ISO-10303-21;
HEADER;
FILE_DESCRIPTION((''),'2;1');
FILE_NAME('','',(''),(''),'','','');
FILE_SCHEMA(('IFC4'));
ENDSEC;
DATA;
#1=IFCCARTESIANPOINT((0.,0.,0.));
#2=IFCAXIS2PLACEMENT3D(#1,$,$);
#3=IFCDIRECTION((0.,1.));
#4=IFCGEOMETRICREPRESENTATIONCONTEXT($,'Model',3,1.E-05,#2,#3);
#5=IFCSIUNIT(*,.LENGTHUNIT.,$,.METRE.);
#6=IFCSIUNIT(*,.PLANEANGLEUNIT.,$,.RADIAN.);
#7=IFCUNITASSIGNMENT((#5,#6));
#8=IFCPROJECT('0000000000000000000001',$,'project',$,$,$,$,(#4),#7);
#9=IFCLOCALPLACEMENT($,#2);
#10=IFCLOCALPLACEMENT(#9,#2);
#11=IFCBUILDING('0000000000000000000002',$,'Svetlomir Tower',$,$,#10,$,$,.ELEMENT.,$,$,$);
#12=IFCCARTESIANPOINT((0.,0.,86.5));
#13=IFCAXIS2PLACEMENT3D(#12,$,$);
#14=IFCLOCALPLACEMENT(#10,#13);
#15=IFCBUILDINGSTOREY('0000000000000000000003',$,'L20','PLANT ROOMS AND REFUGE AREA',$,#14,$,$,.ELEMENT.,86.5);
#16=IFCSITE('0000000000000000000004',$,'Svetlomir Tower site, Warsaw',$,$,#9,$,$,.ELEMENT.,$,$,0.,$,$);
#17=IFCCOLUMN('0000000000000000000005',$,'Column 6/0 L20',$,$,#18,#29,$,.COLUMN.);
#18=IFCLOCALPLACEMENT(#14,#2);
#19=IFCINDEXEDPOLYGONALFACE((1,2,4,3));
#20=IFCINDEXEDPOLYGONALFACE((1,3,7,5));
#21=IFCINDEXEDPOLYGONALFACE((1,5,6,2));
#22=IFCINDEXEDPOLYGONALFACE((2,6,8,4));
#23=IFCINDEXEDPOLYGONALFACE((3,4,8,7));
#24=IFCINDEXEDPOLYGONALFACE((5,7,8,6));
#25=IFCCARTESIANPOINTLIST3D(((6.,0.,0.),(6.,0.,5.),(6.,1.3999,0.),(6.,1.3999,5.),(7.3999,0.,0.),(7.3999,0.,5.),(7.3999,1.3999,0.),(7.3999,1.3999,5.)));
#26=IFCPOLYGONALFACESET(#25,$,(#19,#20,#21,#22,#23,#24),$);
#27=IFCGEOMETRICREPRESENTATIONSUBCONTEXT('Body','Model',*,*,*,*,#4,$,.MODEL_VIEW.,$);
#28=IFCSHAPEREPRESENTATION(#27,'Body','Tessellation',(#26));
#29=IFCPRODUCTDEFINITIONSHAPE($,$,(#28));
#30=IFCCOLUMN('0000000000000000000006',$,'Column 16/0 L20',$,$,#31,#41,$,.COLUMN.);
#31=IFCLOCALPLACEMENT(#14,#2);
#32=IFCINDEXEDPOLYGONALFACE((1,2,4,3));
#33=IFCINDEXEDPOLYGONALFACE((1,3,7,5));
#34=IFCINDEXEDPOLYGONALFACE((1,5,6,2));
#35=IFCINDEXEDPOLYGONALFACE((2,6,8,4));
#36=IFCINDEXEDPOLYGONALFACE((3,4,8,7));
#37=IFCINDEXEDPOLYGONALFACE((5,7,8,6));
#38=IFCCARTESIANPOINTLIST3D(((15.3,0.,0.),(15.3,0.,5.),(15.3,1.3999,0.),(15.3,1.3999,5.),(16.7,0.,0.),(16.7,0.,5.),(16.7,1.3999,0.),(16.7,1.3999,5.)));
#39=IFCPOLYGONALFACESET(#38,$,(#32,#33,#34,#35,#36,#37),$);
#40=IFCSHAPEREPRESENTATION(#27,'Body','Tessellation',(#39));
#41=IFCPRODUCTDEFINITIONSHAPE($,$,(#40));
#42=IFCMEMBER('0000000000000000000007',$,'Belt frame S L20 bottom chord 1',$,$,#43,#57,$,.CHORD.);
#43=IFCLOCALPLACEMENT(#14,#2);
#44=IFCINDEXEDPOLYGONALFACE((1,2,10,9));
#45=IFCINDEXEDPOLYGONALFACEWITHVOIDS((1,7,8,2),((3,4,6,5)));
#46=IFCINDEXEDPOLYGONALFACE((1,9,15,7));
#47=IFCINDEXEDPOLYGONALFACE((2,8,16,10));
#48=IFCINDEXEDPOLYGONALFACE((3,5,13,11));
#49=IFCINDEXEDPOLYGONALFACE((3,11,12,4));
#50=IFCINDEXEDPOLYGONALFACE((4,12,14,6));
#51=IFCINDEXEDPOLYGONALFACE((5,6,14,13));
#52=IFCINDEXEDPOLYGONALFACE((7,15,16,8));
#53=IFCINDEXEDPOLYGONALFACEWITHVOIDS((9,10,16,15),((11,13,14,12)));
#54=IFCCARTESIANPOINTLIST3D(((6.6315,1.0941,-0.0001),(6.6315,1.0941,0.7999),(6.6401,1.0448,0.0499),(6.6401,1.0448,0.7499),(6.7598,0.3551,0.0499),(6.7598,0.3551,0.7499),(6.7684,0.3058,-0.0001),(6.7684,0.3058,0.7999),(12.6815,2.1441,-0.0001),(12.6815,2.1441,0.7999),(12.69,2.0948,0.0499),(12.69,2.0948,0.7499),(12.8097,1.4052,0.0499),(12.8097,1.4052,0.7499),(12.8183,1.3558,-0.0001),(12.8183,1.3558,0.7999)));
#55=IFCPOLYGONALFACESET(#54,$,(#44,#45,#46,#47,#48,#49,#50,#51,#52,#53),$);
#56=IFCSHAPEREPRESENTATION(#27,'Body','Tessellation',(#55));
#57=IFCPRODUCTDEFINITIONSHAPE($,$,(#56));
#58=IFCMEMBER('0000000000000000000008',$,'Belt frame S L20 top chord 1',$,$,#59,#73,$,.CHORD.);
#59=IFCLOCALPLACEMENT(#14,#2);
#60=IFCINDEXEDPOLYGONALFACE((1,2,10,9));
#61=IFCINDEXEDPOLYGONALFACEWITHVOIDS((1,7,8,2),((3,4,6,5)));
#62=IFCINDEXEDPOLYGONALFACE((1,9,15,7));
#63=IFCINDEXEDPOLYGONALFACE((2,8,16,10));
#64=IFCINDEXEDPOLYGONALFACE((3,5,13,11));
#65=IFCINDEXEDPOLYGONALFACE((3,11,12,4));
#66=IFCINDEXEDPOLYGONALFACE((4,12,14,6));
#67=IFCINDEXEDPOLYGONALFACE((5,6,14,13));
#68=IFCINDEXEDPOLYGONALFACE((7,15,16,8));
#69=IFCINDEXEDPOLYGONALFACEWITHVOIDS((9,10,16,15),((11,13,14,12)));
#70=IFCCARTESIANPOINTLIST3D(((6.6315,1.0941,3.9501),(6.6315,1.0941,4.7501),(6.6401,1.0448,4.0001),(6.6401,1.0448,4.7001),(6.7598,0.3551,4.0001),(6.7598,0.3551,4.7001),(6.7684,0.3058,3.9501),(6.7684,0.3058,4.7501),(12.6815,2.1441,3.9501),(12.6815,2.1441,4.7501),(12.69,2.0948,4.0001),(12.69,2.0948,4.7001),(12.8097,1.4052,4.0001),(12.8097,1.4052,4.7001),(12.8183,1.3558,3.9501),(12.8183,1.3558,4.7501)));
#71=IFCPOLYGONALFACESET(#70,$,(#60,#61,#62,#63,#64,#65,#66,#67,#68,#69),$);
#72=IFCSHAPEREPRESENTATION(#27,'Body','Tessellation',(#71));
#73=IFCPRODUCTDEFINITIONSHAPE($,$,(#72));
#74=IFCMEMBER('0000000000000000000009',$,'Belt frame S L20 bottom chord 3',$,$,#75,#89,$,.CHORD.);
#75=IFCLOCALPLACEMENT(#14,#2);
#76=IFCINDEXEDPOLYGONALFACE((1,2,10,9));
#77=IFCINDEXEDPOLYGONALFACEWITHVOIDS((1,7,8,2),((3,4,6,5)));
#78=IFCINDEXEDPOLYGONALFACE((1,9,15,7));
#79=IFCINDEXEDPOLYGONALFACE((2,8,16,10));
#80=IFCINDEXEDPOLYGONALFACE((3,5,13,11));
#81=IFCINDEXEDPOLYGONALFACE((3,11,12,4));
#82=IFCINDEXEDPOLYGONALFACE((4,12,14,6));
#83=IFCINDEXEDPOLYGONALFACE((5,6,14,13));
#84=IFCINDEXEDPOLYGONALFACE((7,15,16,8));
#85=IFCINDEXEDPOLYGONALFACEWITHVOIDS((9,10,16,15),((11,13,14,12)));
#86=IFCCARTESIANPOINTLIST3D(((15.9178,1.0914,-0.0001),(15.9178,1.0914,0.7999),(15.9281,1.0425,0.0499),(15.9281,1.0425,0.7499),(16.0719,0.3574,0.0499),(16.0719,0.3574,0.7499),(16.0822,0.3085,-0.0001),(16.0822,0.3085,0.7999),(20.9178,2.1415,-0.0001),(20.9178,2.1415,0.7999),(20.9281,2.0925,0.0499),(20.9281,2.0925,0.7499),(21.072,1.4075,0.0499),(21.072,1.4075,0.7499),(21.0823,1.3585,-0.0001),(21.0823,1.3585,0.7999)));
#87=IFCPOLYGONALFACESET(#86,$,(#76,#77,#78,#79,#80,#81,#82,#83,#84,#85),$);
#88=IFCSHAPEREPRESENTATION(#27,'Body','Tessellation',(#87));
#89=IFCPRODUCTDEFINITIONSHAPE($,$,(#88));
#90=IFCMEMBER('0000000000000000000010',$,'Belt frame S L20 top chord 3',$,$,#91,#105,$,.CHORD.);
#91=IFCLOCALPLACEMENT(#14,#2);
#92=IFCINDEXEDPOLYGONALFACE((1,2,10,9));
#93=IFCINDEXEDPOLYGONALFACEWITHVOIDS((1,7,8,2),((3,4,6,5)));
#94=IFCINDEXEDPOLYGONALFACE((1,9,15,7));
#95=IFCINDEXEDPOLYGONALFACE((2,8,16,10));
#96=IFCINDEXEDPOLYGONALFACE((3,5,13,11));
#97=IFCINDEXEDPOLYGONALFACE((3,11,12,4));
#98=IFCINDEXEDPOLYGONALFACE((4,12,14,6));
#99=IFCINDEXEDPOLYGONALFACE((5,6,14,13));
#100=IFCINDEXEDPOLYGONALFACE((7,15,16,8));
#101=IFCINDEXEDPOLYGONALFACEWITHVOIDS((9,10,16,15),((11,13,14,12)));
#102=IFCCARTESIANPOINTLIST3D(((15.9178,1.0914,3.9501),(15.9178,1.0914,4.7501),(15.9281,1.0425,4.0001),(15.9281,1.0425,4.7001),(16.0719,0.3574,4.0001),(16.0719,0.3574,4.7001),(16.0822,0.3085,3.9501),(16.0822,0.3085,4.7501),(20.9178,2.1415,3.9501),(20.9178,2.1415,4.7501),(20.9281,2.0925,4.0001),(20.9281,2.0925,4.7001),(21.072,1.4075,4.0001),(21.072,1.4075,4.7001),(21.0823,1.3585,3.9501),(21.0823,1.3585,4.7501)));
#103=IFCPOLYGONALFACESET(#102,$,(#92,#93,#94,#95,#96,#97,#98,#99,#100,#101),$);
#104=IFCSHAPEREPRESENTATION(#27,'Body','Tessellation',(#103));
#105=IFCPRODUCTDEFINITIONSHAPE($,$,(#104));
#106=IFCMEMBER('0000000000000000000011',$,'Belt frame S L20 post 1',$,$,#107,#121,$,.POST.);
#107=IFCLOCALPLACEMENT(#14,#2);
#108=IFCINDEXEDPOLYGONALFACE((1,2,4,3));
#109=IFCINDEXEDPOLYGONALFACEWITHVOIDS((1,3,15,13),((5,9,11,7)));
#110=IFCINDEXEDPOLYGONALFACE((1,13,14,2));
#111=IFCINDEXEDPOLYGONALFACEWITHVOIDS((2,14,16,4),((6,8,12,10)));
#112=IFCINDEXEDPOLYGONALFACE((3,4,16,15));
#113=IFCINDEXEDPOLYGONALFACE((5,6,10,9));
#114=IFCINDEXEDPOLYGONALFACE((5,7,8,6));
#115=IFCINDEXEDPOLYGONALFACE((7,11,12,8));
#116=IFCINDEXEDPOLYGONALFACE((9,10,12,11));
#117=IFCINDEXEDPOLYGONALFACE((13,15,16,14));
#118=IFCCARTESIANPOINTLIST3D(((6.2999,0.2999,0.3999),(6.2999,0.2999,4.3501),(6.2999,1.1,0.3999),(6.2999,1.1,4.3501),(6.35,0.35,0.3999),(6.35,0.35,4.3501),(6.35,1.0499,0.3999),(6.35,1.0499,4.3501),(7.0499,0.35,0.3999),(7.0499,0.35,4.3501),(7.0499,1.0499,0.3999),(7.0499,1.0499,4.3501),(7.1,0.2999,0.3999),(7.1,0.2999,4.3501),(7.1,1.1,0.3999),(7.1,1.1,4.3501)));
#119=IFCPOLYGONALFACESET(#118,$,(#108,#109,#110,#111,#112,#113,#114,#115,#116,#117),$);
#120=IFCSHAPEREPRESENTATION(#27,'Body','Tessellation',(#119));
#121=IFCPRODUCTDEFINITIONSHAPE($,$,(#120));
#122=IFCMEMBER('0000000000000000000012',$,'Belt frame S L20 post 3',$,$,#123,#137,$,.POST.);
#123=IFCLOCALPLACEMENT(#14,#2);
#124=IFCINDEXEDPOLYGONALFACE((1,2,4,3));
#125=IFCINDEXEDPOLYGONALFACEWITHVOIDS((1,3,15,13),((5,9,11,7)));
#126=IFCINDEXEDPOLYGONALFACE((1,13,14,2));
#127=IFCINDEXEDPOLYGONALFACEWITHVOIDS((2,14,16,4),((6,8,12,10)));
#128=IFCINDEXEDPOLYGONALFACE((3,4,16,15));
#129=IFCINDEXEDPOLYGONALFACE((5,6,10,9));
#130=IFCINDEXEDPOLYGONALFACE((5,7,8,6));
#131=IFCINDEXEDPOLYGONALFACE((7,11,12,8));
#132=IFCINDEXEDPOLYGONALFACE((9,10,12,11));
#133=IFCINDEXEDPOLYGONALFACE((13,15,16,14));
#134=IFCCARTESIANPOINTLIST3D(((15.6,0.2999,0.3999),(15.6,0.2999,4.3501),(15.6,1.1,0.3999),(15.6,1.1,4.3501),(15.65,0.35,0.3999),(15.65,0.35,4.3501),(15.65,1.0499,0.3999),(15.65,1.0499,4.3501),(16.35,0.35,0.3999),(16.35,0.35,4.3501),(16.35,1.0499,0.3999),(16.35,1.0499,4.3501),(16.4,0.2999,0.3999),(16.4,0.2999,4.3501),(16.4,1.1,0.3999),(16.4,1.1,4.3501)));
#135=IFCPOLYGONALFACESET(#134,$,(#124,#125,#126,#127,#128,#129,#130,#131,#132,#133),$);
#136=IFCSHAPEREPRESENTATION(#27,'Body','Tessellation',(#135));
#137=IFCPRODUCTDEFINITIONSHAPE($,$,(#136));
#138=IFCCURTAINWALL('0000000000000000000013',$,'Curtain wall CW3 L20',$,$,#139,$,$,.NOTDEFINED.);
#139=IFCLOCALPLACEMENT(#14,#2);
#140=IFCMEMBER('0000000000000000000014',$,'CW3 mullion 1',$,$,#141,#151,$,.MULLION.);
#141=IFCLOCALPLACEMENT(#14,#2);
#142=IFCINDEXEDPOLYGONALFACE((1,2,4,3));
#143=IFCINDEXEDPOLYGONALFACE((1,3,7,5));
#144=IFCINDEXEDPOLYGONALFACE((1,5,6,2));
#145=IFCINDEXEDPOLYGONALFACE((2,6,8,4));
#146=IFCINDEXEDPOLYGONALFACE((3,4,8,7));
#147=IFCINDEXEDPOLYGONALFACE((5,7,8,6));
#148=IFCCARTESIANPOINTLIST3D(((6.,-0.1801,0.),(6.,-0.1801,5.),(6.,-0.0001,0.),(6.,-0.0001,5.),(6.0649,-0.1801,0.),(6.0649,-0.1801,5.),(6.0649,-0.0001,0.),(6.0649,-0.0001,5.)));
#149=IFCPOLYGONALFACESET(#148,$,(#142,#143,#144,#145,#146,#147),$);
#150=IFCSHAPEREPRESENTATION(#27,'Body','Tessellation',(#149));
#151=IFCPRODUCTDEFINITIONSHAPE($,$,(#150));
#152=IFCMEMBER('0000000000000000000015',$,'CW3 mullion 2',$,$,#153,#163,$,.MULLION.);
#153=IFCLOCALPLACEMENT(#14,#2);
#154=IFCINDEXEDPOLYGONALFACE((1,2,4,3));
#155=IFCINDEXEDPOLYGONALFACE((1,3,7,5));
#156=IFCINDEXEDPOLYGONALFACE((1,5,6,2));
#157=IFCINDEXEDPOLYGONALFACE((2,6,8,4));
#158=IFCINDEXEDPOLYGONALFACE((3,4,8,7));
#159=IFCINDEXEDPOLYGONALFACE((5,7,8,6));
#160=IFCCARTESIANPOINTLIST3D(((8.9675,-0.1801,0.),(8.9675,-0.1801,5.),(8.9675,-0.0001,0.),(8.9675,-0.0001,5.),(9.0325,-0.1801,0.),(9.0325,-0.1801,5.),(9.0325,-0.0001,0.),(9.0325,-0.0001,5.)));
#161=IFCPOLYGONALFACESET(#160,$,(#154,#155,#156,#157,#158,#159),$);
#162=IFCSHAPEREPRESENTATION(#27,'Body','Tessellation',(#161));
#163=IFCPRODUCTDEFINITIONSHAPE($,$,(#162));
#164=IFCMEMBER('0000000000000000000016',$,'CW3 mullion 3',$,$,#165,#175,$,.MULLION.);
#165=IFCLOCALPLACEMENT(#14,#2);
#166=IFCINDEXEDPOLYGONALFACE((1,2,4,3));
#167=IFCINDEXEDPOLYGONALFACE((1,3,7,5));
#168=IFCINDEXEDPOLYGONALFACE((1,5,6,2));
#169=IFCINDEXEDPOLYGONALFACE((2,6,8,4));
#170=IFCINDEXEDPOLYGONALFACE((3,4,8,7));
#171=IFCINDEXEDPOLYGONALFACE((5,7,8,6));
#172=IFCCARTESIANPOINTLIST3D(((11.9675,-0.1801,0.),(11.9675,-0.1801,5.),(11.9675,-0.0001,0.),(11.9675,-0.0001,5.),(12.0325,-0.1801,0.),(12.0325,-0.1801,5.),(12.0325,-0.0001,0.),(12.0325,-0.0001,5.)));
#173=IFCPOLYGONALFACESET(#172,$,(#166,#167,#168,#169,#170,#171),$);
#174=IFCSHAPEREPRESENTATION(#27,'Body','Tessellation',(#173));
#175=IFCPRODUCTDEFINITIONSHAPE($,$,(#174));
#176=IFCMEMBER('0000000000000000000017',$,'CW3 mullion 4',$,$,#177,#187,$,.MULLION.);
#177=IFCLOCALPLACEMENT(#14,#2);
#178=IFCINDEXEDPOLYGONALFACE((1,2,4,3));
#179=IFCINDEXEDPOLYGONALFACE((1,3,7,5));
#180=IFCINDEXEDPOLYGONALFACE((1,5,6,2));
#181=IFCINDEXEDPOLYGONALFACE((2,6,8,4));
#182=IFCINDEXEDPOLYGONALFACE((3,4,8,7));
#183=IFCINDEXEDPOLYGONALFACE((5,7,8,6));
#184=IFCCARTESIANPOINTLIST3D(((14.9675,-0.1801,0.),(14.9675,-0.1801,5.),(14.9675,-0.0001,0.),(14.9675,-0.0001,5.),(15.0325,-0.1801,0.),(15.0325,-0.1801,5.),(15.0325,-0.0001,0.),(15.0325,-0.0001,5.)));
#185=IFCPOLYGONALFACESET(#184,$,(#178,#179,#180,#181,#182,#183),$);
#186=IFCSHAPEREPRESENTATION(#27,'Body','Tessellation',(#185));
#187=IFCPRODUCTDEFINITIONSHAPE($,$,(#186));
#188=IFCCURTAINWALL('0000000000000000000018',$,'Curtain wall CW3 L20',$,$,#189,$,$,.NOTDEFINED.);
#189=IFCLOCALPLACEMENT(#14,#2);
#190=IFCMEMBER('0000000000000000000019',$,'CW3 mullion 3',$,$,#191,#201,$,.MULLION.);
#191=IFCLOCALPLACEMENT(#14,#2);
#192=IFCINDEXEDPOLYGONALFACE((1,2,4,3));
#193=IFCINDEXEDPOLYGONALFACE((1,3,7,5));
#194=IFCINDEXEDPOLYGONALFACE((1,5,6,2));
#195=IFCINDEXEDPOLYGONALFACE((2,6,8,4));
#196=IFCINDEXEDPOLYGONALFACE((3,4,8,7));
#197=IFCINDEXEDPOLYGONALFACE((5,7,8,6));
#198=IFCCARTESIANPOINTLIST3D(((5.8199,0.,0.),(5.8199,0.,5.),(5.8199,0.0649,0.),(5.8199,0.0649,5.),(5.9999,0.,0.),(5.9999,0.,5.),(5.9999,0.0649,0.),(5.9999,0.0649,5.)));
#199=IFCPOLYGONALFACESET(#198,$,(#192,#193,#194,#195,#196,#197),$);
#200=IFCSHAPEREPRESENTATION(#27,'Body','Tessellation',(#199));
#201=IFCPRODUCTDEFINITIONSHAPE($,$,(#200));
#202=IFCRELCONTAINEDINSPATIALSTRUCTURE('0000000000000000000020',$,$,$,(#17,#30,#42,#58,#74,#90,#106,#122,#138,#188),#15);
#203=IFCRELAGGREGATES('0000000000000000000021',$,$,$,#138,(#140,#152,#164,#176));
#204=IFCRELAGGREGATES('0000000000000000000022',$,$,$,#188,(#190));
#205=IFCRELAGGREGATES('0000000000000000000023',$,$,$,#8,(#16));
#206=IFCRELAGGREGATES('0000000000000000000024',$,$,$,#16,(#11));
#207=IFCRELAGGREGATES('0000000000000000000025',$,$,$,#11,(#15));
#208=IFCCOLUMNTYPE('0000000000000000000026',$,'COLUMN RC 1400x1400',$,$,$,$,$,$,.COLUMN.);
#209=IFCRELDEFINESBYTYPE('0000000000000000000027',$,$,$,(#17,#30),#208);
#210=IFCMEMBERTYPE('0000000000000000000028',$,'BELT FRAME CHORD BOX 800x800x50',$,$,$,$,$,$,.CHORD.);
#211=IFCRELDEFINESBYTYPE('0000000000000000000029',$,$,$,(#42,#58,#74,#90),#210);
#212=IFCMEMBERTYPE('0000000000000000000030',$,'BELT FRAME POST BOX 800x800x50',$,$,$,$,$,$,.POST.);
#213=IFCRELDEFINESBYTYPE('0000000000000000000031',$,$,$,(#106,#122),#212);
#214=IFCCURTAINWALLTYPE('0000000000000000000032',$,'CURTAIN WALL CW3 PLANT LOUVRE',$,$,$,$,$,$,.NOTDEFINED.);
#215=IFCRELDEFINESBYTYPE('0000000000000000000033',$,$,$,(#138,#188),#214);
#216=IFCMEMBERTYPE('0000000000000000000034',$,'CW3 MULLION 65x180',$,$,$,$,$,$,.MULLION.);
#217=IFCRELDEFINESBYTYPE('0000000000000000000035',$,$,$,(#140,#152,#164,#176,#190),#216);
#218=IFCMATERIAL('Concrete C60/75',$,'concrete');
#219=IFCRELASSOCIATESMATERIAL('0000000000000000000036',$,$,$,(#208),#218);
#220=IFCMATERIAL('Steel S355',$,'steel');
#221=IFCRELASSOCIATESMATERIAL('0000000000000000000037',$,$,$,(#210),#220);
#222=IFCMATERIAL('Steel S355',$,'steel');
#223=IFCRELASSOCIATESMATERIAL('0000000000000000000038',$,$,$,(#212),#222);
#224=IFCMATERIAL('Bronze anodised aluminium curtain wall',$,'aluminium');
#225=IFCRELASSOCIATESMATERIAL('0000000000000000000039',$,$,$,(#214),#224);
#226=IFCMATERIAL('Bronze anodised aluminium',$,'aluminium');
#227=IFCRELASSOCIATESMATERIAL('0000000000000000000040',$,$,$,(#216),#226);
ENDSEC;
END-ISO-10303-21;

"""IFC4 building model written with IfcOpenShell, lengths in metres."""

from ifc_helpers import new_model, si_unit, direction, frame, origin, origin_2d, place, context, subcontext, project, spatial, rectangle, hollow_rectangle, extrude, material, material_profile, profile_set, type_object, element, aggregate, save


model = new_model("IFC4")

# Units and contexts
model_context = context("Model", 3, precision=1e-05, world=origin(), true_north=direction((0.0, 1.0)))
body_context = subcontext(model_context, "Body", "Model", "MODEL_VIEW")
ifc_project = project(units=[si_unit("LENGTHUNIT", "METRE"), si_unit("PLANEANGLEUNIT", "RADIAN")], contexts=[model_context])

# Site, building, storey
site_placement = place(None, origin())
site = spatial("IfcSite", under=ifc_project, at=site_placement, Name="Svetlomir Tower site, Warsaw", CompositionType="ELEMENT", RefElevation=0.0)
building_placement = place(site_placement, origin())
building = spatial("IfcBuilding", under=site, at=building_placement, Name="Svetlomir Tower", CompositionType="ELEMENT")
storey_placement = place(building_placement, frame((0.0, 0.0, 86.5)))
storey = spatial("IfcBuildingStorey", under=building, at=storey_placement, Name="L20", Description="PLANT ROOMS AND REFUGE AREA", CompositionType="ELEMENT", Elevation=86.5)

# Columns
ifc_material_1 = material(Name="Concrete C60/75", Category="concrete")
ifc_material_profile_1 = material_profile(ifc_material_1, rectangle(XDim=1.3999, YDim=1.3999, at=origin_2d()), Name="RC 1400x1400")
ifc_profile_set_1 = profile_set([ifc_material_profile_1], Name="Concrete C60/75")
column_type = type_object("IfcColumnType", Name="COLUMN RC 1400x1400", PredefinedType="COLUMN", material=ifc_profile_set_1)
for number, where, z_axis, x_axis, name in (
    (1, (6.7, 0.7, 0.0), (0.0, 0.0, 1.0), (1.0, 0.0, 0.0), "Column 6/0 L20"),
    (2, (16.0, 0.7, 0.0), (0.0, 0.0, 1.0), (1.0, 0.0, 0.0), "Column 16/0 L20"),
):
    element("IfcColumn", number, at=place(storey_placement, frame(where, z_axis=z_axis, x_axis=x_axis)), inside=storey, type_object=column_type, Name=name, PredefinedType="COLUMN", context=body_context, shape_type="SweptSolid", body=[
        extrude(rectangle(XDim=1.3999, YDim=1.3999, at=origin_2d()), origin(), (0.0, 0.0, 1.0), 5.0),
    ])

# Members
ifc_material_2 = material(Name="Steel S355", Category="steel")
ifc_material_profile_2 = material_profile(ifc_material_2, hollow_rectangle(XDim=0.8, YDim=0.8, WallThickness=0.05, at=origin_2d()), Name="BOX 800x800x50")
ifc_profile_set_2 = profile_set([ifc_material_profile_2], Name="Steel S355")
member_type_1 = type_object("IfcMemberType", Name="BELT FRAME CHORD BOX 800x800x50", PredefinedType="CHORD", material=ifc_profile_set_2)
for number, where, z_axis, x_axis, name in (
    (3, (6.7, 0.7, 0.3999), (0.98527, 0.171004, 0.0), (-0.171004, 0.98527, 0.0), "Belt frame S L20 bottom chord 1"),
    (4, (6.7, 0.7, 4.3501), (0.98527, 0.171004, 0.0), (-0.171004, 0.98527, 0.0), "Belt frame S L20 top chord 1"),
):
    element("IfcMember", number, at=place(storey_placement, frame(where, z_axis=z_axis, x_axis=x_axis)), inside=storey, type_object=member_type_1, Name=name, PredefinedType="CHORD", context=body_context, shape_type="SweptSolid", body=[
        extrude(hollow_rectangle(XDim=0.8, YDim=0.8, WallThickness=0.05, at=origin_2d()), origin(), (0.0, 0.0, 1.0), 6.1404),
    ])
for number, where, z_axis, x_axis, name in (
    (5, (16.0, 0.7, 0.3999), (0.978652, 0.205526, 0.0), (-0.205526, 0.978652, 0.0), "Belt frame S L20 bottom chord 3"),
    (6, (16.0, 0.7, 4.3501), (0.978652, 0.205526, 0.0), (-0.205526, 0.978652, 0.0), "Belt frame S L20 top chord 3"),
):
    element("IfcMember", number, at=place(storey_placement, frame(where, z_axis=z_axis, x_axis=x_axis)), inside=storey, type_object=member_type_1, Name=name, PredefinedType="CHORD", context=body_context, shape_type="SweptSolid", body=[
        extrude(hollow_rectangle(XDim=0.8, YDim=0.8, WallThickness=0.05, at=origin_2d()), origin(), (0.0, 0.0, 1.0), 5.1091),
    ])
ifc_material_3 = material(Name="Steel S355", Category="steel")
ifc_material_profile_3 = material_profile(ifc_material_3, hollow_rectangle(XDim=0.8, YDim=0.8, WallThickness=0.05, at=origin_2d()), Name="BOX 800x800x50")
ifc_profile_set_3 = profile_set([ifc_material_profile_3], Name="Steel S355")
member_type_2 = type_object("IfcMemberType", Name="BELT FRAME POST BOX 800x800x50", PredefinedType="POST", material=ifc_profile_set_3)
for number, where, z_axis, x_axis, name in (
    (7, (6.7, 0.7, 0.3999), (0.0, 0.0, 1.0), (1.0, 0.0, 0.0), "Belt frame S L20 post 1"),
    (8, (16.0, 0.7, 0.3999), (0.0, 0.0, 1.0), (1.0, 0.0, 0.0), "Belt frame S L20 post 3"),
):
    element("IfcMember", number, at=place(storey_placement, frame(where, z_axis=z_axis, x_axis=x_axis)), inside=storey, type_object=member_type_2, Name=name, PredefinedType="POST", context=body_context, shape_type="SweptSolid", body=[
        extrude(hollow_rectangle(XDim=0.8, YDim=0.8, WallThickness=0.05, at=origin_2d()), origin(), (0.0, 0.0, 1.0), 3.9502),
    ])

# Curtain wall, members
ifc_material_4 = material(Name="Bronze anodised aluminium curtain wall", Category="aluminium")
curtain_wall_type = type_object("IfcCurtainWallType", Name="CURTAIN WALL CW3 PLANT LOUVRE", PredefinedType="NOTDEFINED", material=ifc_material_4)
curtain_wall_1_placement = place(storey_placement, origin())
curtain_wall_1 = element("IfcCurtainWall", 9, at=curtain_wall_1_placement, inside=storey, type_object=curtain_wall_type, Name="Curtain wall CW3 L20", PredefinedType="NOTDEFINED")
ifc_material_5 = material(Name="Bronze anodised aluminium", Category="aluminium")
ifc_material_profile_4 = material_profile(ifc_material_5, rectangle(XDim=0.0649, YDim=0.1799, at=origin_2d()), Name="AL 65x180")
ifc_profile_set_4 = profile_set([ifc_material_profile_4], Name="Bronze anodised aluminium 6063-T6")
member_type_3 = type_object("IfcMemberType", Name="CW3 MULLION 65x180", PredefinedType="MULLION", material=ifc_profile_set_4)
member_1_placement = place(storey_placement, frame((6.0325, -0.0901, 0.0), z_axis=(0.0, 0.0, 1.0), x_axis=(1.0, 0.0, 0.0)))
member_1 = element("IfcMember", 10, at=member_1_placement, type_object=member_type_3, Name="CW3 mullion 1", PredefinedType="MULLION", context=body_context, shape_type="SweptSolid", body=[
    extrude(rectangle(XDim=0.0649, YDim=0.1799, at=origin_2d()), origin(), (0.0, 0.0, 1.0), 5.0),
])
member_2_placement = place(storey_placement, frame((9.0, -0.0901, 0.0), z_axis=(0.0, 0.0, 1.0), x_axis=(1.0, 0.0, 0.0)))
member_2 = element("IfcMember", 11, at=member_2_placement, type_object=member_type_3, Name="CW3 mullion 2", PredefinedType="MULLION", context=body_context, shape_type="SweptSolid", body=[
    extrude(rectangle(XDim=0.0649, YDim=0.1799, at=origin_2d()), origin(), (0.0, 0.0, 1.0), 5.0),
])
member_3_placement = place(storey_placement, frame((12.0, -0.0901, 0.0), z_axis=(0.0, 0.0, 1.0), x_axis=(1.0, 0.0, 0.0)))
member_3 = element("IfcMember", 12, at=member_3_placement, type_object=member_type_3, Name="CW3 mullion 3", PredefinedType="MULLION", context=body_context, shape_type="SweptSolid", body=[
    extrude(rectangle(XDim=0.0649, YDim=0.1799, at=origin_2d()), origin(), (0.0, 0.0, 1.0), 5.0),
])
member_4_placement = place(storey_placement, frame((15.0, -0.0901, 0.0), z_axis=(0.0, 0.0, 1.0), x_axis=(1.0, 0.0, 0.0)))
member_4 = element("IfcMember", 13, at=member_4_placement, type_object=member_type_3, Name="CW3 mullion 4", PredefinedType="MULLION", context=body_context, shape_type="SweptSolid", body=[
    extrude(rectangle(XDim=0.0649, YDim=0.1799, at=origin_2d()), origin(), (0.0, 0.0, 1.0), 5.0),
])

# Curtain wall, member
curtain_wall_2_placement = place(storey_placement, origin())
curtain_wall_2 = element("IfcCurtainWall", 14, at=curtain_wall_2_placement, inside=storey, type_object=curtain_wall_type, Name="Curtain wall CW3 L20", PredefinedType="NOTDEFINED")
member_5_placement = place(storey_placement, frame((5.9099, 0.0325, 0.0), z_axis=(0.0, 0.0, 1.0), x_axis=(0.0, -1.0, 0.0)))
member_5 = element("IfcMember", 15, at=member_5_placement, type_object=member_type_3, Name="CW3 mullion 3", PredefinedType="MULLION", context=body_context, shape_type="SweptSolid", body=[
    extrude(rectangle(XDim=0.0649, YDim=0.1799, at=origin_2d()), origin(), (0.0, 0.0, 1.0), 5.0),
])

aggregate(curtain_wall_1, [member_1, member_2, member_3, member_4])
aggregate(curtain_wall_2, [member_5])

save(model, "model.ifc")
